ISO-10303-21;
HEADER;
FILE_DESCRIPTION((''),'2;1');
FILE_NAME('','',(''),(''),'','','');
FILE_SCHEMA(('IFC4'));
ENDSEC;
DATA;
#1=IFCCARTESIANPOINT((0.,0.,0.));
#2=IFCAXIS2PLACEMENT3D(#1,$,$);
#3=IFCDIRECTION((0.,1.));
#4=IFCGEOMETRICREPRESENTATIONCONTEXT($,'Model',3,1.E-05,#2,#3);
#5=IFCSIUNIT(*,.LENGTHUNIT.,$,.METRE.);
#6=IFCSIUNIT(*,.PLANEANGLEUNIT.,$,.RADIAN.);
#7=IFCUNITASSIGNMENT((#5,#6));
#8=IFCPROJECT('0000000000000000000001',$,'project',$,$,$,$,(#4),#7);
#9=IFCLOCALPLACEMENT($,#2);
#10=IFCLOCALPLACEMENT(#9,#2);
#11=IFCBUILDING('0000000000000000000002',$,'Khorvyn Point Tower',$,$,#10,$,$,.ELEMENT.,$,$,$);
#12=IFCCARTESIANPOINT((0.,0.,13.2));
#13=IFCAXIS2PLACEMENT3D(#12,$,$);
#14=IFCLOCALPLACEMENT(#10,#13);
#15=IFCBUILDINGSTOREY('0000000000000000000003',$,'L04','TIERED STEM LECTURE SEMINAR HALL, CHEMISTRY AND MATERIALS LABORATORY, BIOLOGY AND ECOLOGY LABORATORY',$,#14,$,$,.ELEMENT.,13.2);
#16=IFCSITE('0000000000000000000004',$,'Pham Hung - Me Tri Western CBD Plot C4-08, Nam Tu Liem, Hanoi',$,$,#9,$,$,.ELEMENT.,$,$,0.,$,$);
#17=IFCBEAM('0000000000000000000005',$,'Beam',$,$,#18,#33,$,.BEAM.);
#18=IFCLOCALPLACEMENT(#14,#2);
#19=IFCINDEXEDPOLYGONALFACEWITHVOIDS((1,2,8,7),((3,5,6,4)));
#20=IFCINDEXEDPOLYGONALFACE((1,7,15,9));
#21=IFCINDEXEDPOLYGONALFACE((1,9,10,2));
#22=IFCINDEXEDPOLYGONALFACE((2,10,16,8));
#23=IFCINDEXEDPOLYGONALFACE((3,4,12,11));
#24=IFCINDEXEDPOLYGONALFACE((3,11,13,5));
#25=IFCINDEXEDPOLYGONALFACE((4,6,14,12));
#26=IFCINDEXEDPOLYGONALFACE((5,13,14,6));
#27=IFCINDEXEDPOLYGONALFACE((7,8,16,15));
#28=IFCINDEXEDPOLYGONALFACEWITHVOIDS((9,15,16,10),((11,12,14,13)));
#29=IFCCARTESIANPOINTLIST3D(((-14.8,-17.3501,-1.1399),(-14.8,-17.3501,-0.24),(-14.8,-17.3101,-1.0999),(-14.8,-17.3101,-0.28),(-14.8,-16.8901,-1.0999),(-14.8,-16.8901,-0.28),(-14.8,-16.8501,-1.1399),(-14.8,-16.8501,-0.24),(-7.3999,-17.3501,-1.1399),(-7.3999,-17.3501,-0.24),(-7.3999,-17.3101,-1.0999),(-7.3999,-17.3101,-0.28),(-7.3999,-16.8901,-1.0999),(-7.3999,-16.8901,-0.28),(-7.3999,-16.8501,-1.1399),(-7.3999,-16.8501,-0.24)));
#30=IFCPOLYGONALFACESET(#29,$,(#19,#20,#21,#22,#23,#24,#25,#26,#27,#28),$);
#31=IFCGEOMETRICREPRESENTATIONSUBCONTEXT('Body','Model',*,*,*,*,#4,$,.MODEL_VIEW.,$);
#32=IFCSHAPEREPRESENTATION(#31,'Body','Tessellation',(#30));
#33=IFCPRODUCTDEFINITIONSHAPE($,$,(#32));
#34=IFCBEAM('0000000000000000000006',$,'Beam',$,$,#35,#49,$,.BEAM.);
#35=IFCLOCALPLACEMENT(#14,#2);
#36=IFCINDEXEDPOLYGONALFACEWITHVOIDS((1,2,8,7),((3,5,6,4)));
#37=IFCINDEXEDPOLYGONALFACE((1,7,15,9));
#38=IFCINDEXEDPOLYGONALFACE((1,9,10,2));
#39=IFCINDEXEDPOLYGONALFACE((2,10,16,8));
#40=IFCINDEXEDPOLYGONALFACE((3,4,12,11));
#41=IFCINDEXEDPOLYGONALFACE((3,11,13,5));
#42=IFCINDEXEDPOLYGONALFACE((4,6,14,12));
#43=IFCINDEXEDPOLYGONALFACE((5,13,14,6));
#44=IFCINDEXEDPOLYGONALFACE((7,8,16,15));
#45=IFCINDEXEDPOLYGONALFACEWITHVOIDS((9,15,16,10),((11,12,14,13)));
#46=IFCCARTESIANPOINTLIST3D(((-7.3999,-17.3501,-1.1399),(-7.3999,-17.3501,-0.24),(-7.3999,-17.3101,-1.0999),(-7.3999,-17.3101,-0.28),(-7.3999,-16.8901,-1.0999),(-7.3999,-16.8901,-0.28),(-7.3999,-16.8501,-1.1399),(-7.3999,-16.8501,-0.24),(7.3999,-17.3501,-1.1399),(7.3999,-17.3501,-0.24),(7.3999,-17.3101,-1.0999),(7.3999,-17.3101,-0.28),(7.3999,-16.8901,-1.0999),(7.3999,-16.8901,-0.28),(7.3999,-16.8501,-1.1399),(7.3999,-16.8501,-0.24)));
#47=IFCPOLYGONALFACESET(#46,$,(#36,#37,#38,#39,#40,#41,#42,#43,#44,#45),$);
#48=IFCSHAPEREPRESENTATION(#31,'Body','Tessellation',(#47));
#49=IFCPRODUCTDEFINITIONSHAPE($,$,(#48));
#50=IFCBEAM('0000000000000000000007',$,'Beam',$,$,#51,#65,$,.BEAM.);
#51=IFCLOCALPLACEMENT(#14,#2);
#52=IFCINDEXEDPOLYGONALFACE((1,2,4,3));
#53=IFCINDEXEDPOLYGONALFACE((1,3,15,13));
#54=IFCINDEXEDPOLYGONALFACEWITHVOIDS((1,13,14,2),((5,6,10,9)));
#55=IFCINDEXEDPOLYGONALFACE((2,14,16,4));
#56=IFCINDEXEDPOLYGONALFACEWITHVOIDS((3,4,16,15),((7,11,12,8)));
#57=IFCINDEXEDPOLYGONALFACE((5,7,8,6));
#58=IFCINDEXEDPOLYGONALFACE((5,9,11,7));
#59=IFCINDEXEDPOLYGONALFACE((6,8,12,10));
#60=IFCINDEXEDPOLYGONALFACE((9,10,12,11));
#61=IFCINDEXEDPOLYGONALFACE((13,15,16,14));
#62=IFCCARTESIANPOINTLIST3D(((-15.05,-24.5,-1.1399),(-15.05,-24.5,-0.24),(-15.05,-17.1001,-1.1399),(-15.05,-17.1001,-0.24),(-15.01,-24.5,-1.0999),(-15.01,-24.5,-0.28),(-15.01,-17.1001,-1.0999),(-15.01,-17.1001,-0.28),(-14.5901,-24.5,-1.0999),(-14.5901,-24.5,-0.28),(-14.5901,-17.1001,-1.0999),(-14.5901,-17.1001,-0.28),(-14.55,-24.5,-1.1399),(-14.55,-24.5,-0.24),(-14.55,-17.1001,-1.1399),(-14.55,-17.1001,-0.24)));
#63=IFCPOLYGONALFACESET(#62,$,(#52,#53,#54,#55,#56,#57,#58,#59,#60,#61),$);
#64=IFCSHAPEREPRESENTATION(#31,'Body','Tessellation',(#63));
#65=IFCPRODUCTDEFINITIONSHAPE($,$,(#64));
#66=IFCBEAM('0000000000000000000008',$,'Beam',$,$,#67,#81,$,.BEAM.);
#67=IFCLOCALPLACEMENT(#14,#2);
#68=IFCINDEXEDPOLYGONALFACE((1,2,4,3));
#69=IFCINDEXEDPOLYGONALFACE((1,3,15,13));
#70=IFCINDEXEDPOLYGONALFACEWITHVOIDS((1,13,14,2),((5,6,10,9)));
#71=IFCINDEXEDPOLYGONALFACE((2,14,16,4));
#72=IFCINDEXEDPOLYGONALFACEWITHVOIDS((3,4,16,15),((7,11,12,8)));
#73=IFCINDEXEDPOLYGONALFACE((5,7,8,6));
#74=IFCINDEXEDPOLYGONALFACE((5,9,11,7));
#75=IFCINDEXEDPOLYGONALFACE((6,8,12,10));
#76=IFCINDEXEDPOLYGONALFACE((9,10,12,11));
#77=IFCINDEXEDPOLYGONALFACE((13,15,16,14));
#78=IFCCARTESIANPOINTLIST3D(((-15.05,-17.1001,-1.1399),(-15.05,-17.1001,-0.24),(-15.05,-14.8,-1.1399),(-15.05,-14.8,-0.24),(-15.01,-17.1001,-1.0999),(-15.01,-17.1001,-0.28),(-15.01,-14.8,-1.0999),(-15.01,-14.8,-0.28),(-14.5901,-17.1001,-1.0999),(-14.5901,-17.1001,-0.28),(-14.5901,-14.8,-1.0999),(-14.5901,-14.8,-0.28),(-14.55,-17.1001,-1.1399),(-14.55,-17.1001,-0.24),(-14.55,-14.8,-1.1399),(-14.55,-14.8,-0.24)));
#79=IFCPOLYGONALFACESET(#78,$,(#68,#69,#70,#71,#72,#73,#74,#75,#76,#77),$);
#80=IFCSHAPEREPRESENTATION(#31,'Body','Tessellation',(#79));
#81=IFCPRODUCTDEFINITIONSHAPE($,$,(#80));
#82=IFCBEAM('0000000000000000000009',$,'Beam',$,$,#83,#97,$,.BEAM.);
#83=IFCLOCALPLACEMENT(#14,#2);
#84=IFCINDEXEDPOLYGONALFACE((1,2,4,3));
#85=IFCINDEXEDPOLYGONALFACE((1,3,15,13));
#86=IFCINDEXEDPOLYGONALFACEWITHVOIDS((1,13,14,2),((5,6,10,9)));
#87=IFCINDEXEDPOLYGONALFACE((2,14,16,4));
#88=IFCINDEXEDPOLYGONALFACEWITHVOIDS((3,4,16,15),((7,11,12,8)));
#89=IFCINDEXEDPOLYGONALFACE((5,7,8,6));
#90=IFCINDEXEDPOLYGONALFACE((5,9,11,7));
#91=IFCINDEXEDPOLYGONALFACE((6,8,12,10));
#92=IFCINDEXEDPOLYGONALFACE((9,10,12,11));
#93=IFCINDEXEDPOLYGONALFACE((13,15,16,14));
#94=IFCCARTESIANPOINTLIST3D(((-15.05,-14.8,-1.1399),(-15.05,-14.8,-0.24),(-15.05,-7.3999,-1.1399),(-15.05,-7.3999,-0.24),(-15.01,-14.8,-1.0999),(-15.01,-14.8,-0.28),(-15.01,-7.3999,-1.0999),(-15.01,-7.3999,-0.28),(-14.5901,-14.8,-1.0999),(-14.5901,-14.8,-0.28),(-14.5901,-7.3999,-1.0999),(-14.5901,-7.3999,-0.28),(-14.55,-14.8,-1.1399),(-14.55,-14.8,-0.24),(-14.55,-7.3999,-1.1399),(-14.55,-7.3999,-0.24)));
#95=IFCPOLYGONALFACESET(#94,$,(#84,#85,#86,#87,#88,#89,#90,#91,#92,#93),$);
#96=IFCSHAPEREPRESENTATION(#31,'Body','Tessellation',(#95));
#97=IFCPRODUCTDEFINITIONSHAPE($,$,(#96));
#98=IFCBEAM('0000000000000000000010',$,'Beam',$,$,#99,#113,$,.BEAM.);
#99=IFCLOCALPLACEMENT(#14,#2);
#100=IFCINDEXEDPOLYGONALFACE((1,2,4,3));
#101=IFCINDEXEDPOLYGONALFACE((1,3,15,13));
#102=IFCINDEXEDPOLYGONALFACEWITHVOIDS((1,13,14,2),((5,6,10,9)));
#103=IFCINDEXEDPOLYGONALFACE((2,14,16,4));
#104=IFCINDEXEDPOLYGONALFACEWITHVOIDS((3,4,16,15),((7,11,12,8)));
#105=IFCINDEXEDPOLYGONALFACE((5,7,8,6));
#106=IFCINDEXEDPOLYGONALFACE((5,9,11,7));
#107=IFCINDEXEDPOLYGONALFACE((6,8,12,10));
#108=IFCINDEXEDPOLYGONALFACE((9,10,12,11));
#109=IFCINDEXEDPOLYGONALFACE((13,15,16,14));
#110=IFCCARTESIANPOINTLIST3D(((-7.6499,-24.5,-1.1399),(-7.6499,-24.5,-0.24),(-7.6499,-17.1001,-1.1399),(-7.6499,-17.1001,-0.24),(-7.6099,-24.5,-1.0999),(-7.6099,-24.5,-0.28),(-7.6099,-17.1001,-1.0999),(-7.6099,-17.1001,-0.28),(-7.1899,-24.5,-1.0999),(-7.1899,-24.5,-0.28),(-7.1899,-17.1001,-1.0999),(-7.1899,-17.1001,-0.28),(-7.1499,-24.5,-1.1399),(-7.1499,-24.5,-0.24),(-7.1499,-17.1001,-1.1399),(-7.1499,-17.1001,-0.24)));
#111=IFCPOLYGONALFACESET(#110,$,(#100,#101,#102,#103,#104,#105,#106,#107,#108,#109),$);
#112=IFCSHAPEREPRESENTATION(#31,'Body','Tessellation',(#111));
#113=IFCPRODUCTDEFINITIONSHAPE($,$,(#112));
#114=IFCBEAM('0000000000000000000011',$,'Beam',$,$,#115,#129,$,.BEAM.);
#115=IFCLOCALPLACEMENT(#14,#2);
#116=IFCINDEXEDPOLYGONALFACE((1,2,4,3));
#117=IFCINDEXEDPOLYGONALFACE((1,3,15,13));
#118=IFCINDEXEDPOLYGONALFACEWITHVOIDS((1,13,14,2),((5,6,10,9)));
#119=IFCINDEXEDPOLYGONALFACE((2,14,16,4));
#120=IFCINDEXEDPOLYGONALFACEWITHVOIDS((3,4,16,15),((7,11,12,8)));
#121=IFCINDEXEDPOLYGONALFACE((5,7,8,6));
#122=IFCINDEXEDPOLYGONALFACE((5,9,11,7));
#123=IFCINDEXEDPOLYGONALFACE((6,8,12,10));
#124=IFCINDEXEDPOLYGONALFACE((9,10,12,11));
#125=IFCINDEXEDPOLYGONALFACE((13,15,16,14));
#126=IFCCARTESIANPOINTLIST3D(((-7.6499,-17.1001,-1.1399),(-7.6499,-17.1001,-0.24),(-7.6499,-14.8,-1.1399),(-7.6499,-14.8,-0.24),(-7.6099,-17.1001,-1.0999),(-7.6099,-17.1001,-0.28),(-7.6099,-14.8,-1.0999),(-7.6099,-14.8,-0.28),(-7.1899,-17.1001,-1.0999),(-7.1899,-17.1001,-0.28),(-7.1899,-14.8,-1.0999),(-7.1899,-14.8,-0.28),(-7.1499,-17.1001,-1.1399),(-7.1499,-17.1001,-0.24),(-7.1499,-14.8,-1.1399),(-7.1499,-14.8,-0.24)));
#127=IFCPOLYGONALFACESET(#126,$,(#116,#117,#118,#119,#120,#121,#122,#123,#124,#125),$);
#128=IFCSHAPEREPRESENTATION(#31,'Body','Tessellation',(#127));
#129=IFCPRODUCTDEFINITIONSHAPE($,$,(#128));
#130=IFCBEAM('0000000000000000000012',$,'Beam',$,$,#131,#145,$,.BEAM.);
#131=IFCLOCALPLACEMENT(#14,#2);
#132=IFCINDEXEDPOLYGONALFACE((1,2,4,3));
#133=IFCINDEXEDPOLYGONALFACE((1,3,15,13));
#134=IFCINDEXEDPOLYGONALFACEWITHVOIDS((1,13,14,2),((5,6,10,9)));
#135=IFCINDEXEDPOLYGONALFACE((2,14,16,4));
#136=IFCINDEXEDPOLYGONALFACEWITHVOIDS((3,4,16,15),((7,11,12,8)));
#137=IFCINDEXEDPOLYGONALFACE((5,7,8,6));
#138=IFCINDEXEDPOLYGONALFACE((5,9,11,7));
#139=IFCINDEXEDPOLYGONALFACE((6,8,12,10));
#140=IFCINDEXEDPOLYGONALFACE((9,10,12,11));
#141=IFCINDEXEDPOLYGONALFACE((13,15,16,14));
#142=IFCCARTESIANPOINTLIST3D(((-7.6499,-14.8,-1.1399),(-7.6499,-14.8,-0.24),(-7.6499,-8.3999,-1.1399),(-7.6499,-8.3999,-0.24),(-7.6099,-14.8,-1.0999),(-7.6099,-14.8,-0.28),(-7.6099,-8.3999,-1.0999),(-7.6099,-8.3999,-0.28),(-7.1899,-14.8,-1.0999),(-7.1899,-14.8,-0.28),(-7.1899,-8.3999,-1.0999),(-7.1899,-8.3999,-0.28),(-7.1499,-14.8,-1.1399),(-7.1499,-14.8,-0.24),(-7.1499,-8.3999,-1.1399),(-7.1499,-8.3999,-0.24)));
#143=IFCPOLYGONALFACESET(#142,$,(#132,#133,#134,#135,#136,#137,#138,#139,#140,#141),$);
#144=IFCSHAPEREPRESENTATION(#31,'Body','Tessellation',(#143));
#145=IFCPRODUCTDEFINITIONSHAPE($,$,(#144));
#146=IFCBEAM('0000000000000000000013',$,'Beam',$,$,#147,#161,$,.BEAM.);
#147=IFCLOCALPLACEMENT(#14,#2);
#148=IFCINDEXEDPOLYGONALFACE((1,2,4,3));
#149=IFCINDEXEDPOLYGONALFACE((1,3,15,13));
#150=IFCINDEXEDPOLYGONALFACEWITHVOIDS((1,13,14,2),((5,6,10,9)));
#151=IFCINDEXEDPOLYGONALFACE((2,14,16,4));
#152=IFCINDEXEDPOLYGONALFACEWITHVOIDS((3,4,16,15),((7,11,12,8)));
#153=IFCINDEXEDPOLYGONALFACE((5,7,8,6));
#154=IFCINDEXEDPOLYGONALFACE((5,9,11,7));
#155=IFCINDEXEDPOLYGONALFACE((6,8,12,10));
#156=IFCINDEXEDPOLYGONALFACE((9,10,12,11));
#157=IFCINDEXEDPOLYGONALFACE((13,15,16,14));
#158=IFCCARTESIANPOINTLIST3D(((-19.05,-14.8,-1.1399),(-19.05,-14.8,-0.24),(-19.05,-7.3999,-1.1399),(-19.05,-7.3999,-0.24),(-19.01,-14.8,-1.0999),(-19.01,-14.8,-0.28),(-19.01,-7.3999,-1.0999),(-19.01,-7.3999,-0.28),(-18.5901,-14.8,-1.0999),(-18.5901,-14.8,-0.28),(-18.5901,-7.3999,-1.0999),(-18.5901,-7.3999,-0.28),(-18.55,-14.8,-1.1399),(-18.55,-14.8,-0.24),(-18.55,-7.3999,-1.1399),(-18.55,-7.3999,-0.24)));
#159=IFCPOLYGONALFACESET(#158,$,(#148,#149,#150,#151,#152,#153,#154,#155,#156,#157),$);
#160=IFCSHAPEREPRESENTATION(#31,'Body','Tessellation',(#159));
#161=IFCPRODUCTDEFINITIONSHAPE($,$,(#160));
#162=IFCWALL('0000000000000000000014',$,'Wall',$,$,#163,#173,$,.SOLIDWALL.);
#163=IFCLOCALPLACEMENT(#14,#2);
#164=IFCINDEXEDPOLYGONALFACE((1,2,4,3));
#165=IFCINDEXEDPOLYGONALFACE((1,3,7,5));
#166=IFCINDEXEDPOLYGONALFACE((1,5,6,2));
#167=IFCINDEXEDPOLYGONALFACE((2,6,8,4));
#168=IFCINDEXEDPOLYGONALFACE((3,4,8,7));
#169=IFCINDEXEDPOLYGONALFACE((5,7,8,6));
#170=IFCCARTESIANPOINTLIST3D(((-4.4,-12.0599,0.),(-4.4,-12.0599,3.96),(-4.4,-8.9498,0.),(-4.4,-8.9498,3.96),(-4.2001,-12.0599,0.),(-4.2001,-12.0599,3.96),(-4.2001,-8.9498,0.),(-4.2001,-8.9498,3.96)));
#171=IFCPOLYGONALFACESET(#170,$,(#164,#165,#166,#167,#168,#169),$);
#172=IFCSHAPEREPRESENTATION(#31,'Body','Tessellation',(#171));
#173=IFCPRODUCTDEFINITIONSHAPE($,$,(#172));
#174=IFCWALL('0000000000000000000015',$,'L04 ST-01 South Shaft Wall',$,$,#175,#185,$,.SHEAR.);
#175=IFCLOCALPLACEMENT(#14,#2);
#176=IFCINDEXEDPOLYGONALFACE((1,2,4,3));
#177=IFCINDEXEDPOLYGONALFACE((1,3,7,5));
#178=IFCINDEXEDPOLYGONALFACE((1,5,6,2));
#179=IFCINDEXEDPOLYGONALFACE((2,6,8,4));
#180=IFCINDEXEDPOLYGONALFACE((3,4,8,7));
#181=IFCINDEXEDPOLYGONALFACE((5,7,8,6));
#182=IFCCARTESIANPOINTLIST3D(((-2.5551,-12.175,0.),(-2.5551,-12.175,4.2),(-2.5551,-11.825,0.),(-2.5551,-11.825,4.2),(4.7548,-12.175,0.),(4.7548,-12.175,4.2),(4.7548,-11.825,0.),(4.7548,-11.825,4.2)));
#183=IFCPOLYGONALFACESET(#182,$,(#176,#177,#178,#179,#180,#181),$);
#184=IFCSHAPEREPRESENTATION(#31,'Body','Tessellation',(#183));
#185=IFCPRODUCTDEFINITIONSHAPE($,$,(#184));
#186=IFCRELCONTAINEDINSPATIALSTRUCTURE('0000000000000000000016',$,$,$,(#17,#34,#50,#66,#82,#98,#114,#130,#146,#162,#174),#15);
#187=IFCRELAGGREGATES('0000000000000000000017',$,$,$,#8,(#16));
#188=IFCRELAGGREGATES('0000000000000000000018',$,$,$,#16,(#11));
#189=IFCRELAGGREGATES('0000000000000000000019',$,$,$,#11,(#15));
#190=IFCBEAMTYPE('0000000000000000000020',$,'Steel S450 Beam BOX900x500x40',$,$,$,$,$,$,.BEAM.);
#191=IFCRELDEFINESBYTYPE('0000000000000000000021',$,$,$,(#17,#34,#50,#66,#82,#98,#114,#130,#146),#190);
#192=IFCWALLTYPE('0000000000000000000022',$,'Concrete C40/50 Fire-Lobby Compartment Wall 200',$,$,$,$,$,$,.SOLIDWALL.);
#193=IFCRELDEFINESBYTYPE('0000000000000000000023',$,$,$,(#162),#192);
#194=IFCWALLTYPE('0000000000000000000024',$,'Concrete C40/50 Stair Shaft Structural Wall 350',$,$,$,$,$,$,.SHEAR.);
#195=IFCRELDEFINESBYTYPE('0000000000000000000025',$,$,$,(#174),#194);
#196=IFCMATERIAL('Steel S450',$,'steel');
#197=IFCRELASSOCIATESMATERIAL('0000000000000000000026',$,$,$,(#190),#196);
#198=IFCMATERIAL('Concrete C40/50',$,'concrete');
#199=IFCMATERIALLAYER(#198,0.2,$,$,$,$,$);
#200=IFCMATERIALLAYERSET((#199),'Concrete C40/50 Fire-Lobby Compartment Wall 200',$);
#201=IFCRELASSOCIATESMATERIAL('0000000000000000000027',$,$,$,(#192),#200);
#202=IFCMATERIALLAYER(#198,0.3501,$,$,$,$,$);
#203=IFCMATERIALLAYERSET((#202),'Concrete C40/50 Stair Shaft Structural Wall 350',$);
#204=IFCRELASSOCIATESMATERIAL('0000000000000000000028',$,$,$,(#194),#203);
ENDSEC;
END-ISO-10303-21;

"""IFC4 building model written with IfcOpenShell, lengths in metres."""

from ifc_helpers import new_model, si_unit, direction, frame, frame_2d, origin, origin_2d, place, context, subcontext, project, spatial, rectangle, hollow_rectangle, extrude, material, layer, layer_set, material_profile, profile_set, type_object, element, save


model = new_model("IFC4")

# Units and contexts
model_context = context("Model", 3, precision=1e-05, world=origin(), true_north=direction((0.0, 1.0)))
body_context = subcontext(model_context, "Body", "Model", "MODEL_VIEW")
ifc_project = project(units=[si_unit("LENGTHUNIT", "METRE"), si_unit("PLANEANGLEUNIT", "RADIAN")], contexts=[model_context])

# Site, building, storey
site_placement = place(None, origin())
site = spatial("IfcSite", under=ifc_project, at=site_placement, Name="Pham Hung - Me Tri Western CBD Plot C4-08, Nam Tu Liem, Hanoi", CompositionType="ELEMENT", RefElevation=0.0)
building_placement = place(site_placement, origin())
building = spatial("IfcBuilding", under=site, at=building_placement, Name="Khorvyn Point Tower", CompositionType="ELEMENT")
storey_placement = place(building_placement, frame((0.0, 0.0, 13.2)))
storey = spatial("IfcBuildingStorey", under=building, at=storey_placement, Name="L04", Description="TIERED STEM LECTURE SEMINAR HALL, CHEMISTRY AND MATERIALS LABORATORY, BIOLOGY AND ECOLOGY LABORATORY", CompositionType="ELEMENT", Elevation=13.2)

# Shared definitions
ifc_material_1 = material(Name="Concrete C40/50", Category="concrete")

# Beams
ifc_material_2 = material(Name="Steel S450", Category="steel")
ifc_material_profile_1 = material_profile(ifc_material_2, hollow_rectangle(XDim=0.5, YDim=0.8999, WallThickness=0.04, at=origin_2d()))
ifc_profile_set_1 = profile_set([ifc_material_profile_1], Name="Steel S450 BOX900x500x40")
beam_type_1 = type_object("IfcBeamType", Name="Steel S450 Beam BOX900x500x40", PredefinedType="BEAM", material=ifc_profile_set_1)
beam_1_placement = place(storey_placement, frame((-14.8, -17.1001, -0.6899), z_axis=(1.0, 0.0, 0.0), x_axis=(0.0, 1.0, 0.0)))
element("IfcBeam", 1, at=beam_1_placement, inside=storey, type_object=beam_type_1, Name="Beam", PredefinedType="BEAM", context=body_context, shape_type="SweptSolid", body=[
    extrude(hollow_rectangle(XDim=0.5, YDim=0.8999, WallThickness=0.04, at=origin_2d()), origin(), (0.0, 0.0, 1.0), 7.4001),
])
beam_2_placement = place(storey_placement, frame((-7.3999, -17.1001, -0.6899), z_axis=(1.0, 0.0, 0.0), x_axis=(0.0, 1.0, 0.0)))
element("IfcBeam", 2, at=beam_2_placement, inside=storey, type_object=beam_type_1, Name="Beam", PredefinedType="BEAM", context=body_context, shape_type="SweptSolid", body=[
    extrude(hollow_rectangle(XDim=0.5, YDim=0.8999, WallThickness=0.04, at=origin_2d()), origin(), (0.0, 0.0, 1.0), 14.7998),
])
beam_3_placement = place(storey_placement, frame((-14.8, -24.5, -0.6899), z_axis=(0.0, 1.0, 0.0), x_axis=(-1.0, 0.0, 0.0)))
element("IfcBeam", 3, at=beam_3_placement, inside=storey, type_object=beam_type_1, Name="Beam", PredefinedType="BEAM", context=body_context, shape_type="SweptSolid", body=[
    extrude(hollow_rectangle(XDim=0.5, YDim=0.8999, WallThickness=0.04, at=origin_2d()), origin(), (0.0, 0.0, 1.0), 7.3999),
])
beam_4_placement = place(storey_placement, frame((-14.8, -17.1001, -0.6899), z_axis=(0.0, 1.0, 0.0), x_axis=(-1.0, 0.0, 0.0)))
element("IfcBeam", 4, at=beam_4_placement, inside=storey, type_object=beam_type_1, Name="Beam", PredefinedType="BEAM", context=body_context, shape_type="SweptSolid", body=[
    extrude(hollow_rectangle(XDim=0.5, YDim=0.8999, WallThickness=0.04, at=origin_2d()), origin(), (0.0, 0.0, 1.0), 2.3),
])
beam_5_placement = place(storey_placement, frame((-14.8, -14.8, -0.6899), z_axis=(0.0, 1.0, 0.0), x_axis=(-1.0, 0.0, 0.0)))
element("IfcBeam", 5, at=beam_5_placement, inside=storey, type_object=beam_type_1, Name="Beam", PredefinedType="BEAM", context=body_context, shape_type="SweptSolid", body=[
    extrude(hollow_rectangle(XDim=0.5, YDim=0.8999, WallThickness=0.04, at=origin_2d()), origin(), (0.0, 0.0, 1.0), 7.4001),
])
beam_6_placement = place(storey_placement, frame((-7.3999, -24.5, -0.6899), z_axis=(0.0, 1.0, 0.0), x_axis=(-1.0, 0.0, 0.0)))
element("IfcBeam", 6, at=beam_6_placement, inside=storey, type_object=beam_type_1, Name="Beam", PredefinedType="BEAM", context=body_context, shape_type="SweptSolid", body=[
    extrude(hollow_rectangle(XDim=0.5, YDim=0.8999, WallThickness=0.04, at=origin_2d()), origin(), (0.0, 0.0, 1.0), 7.3999),
])
beam_7_placement = place(storey_placement, frame((-7.3999, -17.1001, -0.6899), z_axis=(0.0, 1.0, 0.0), x_axis=(-1.0, 0.0, 0.0)))
element("IfcBeam", 7, at=beam_7_placement, inside=storey, type_object=beam_type_1, Name="Beam", PredefinedType="BEAM", context=body_context, shape_type="SweptSolid", body=[
    extrude(hollow_rectangle(XDim=0.5, YDim=0.8999, WallThickness=0.04, at=origin_2d()), origin(), (0.0, 0.0, 1.0), 2.3),
])
beam_8_placement = place(storey_placement, frame((-7.3999, -14.8, -0.6899), z_axis=(0.0, 1.0, 0.0), x_axis=(-1.0, 0.0, 0.0)))
element("IfcBeam", 8, at=beam_8_placement, inside=storey, type_object=beam_type_1, Name="Beam", PredefinedType="BEAM", context=body_context, shape_type="SweptSolid", body=[
    extrude(hollow_rectangle(XDim=0.5, YDim=0.8999, WallThickness=0.04, at=origin_2d()), origin(), (0.0, 0.0, 1.0), 6.4001),
])
beam_9_placement = place(storey_placement, frame((-18.8, -14.8, -0.6899), z_axis=(0.0, 1.0, 0.0), x_axis=(-1.0, 0.0, 0.0)))
element("IfcBeam", 9, at=beam_9_placement, inside=storey, type_object=beam_type_1, Name="Beam", PredefinedType="BEAM", context=body_context, shape_type="SweptSolid", body=[
    extrude(hollow_rectangle(XDim=0.5, YDim=0.8999, WallThickness=0.04, at=origin_2d()), origin(), (0.0, 0.0, 1.0), 7.4001),
])

# Shared definitions
ifc_layer_1 = layer(ifc_material_1, 0.2)
ifc_layer_set_1 = layer_set([ifc_layer_1], Name="Concrete C40/50 Fire-Lobby Compartment Wall 200")
wall_type_1 = type_object("IfcWallType", Name="Concrete C40/50 Fire-Lobby Compartment Wall 200", PredefinedType="SOLIDWALL", material=ifc_layer_set_1)

# Walls
wall_1_placement = place(storey_placement, frame((-4.3, -12.0601, 0.0), z_axis=(0.0, 0.0, 1.0), x_axis=(0.0, 1.0, 0.0)))
element("IfcWall", 10, at=wall_1_placement, inside=storey, type_object=wall_type_1, Name="Wall", PredefinedType="SOLIDWALL", context=body_context, shape_type="SweptSolid", body=[
    extrude(rectangle(XDim=3.1101, YDim=0.2, at=frame_2d((1.5552, 0.0))), origin(), (0.0, 0.0, 1.0), 3.96),
])
ifc_layer_2 = layer(ifc_material_1, 0.3501)
ifc_layer_set_2 = layer_set([ifc_layer_2], Name="Concrete C40/50 Stair Shaft Structural Wall 350")
wall_type_2 = type_object("IfcWallType", Name="Concrete C40/50 Stair Shaft Structural Wall 350", PredefinedType="SHEAR", material=ifc_layer_set_2)
wall_2_placement = place(storey_placement, frame((-2.5549, -12.0, 0.0), z_axis=(0.0, 0.0, 1.0), x_axis=(1.0, 0.0, 0.0)))
element("IfcWall", 11, at=wall_2_placement, inside=storey, type_object=wall_type_2, Name="L04 ST-01 South Shaft Wall", PredefinedType="SHEAR", context=body_context, shape_type="SweptSolid", body=[
    extrude(rectangle(XDim=7.3098, YDim=0.3501, at=frame_2d((3.6548, 0.0))), origin(), (0.0, 0.0, 1.0), 4.2),
])

save(model, "model.ifc")
